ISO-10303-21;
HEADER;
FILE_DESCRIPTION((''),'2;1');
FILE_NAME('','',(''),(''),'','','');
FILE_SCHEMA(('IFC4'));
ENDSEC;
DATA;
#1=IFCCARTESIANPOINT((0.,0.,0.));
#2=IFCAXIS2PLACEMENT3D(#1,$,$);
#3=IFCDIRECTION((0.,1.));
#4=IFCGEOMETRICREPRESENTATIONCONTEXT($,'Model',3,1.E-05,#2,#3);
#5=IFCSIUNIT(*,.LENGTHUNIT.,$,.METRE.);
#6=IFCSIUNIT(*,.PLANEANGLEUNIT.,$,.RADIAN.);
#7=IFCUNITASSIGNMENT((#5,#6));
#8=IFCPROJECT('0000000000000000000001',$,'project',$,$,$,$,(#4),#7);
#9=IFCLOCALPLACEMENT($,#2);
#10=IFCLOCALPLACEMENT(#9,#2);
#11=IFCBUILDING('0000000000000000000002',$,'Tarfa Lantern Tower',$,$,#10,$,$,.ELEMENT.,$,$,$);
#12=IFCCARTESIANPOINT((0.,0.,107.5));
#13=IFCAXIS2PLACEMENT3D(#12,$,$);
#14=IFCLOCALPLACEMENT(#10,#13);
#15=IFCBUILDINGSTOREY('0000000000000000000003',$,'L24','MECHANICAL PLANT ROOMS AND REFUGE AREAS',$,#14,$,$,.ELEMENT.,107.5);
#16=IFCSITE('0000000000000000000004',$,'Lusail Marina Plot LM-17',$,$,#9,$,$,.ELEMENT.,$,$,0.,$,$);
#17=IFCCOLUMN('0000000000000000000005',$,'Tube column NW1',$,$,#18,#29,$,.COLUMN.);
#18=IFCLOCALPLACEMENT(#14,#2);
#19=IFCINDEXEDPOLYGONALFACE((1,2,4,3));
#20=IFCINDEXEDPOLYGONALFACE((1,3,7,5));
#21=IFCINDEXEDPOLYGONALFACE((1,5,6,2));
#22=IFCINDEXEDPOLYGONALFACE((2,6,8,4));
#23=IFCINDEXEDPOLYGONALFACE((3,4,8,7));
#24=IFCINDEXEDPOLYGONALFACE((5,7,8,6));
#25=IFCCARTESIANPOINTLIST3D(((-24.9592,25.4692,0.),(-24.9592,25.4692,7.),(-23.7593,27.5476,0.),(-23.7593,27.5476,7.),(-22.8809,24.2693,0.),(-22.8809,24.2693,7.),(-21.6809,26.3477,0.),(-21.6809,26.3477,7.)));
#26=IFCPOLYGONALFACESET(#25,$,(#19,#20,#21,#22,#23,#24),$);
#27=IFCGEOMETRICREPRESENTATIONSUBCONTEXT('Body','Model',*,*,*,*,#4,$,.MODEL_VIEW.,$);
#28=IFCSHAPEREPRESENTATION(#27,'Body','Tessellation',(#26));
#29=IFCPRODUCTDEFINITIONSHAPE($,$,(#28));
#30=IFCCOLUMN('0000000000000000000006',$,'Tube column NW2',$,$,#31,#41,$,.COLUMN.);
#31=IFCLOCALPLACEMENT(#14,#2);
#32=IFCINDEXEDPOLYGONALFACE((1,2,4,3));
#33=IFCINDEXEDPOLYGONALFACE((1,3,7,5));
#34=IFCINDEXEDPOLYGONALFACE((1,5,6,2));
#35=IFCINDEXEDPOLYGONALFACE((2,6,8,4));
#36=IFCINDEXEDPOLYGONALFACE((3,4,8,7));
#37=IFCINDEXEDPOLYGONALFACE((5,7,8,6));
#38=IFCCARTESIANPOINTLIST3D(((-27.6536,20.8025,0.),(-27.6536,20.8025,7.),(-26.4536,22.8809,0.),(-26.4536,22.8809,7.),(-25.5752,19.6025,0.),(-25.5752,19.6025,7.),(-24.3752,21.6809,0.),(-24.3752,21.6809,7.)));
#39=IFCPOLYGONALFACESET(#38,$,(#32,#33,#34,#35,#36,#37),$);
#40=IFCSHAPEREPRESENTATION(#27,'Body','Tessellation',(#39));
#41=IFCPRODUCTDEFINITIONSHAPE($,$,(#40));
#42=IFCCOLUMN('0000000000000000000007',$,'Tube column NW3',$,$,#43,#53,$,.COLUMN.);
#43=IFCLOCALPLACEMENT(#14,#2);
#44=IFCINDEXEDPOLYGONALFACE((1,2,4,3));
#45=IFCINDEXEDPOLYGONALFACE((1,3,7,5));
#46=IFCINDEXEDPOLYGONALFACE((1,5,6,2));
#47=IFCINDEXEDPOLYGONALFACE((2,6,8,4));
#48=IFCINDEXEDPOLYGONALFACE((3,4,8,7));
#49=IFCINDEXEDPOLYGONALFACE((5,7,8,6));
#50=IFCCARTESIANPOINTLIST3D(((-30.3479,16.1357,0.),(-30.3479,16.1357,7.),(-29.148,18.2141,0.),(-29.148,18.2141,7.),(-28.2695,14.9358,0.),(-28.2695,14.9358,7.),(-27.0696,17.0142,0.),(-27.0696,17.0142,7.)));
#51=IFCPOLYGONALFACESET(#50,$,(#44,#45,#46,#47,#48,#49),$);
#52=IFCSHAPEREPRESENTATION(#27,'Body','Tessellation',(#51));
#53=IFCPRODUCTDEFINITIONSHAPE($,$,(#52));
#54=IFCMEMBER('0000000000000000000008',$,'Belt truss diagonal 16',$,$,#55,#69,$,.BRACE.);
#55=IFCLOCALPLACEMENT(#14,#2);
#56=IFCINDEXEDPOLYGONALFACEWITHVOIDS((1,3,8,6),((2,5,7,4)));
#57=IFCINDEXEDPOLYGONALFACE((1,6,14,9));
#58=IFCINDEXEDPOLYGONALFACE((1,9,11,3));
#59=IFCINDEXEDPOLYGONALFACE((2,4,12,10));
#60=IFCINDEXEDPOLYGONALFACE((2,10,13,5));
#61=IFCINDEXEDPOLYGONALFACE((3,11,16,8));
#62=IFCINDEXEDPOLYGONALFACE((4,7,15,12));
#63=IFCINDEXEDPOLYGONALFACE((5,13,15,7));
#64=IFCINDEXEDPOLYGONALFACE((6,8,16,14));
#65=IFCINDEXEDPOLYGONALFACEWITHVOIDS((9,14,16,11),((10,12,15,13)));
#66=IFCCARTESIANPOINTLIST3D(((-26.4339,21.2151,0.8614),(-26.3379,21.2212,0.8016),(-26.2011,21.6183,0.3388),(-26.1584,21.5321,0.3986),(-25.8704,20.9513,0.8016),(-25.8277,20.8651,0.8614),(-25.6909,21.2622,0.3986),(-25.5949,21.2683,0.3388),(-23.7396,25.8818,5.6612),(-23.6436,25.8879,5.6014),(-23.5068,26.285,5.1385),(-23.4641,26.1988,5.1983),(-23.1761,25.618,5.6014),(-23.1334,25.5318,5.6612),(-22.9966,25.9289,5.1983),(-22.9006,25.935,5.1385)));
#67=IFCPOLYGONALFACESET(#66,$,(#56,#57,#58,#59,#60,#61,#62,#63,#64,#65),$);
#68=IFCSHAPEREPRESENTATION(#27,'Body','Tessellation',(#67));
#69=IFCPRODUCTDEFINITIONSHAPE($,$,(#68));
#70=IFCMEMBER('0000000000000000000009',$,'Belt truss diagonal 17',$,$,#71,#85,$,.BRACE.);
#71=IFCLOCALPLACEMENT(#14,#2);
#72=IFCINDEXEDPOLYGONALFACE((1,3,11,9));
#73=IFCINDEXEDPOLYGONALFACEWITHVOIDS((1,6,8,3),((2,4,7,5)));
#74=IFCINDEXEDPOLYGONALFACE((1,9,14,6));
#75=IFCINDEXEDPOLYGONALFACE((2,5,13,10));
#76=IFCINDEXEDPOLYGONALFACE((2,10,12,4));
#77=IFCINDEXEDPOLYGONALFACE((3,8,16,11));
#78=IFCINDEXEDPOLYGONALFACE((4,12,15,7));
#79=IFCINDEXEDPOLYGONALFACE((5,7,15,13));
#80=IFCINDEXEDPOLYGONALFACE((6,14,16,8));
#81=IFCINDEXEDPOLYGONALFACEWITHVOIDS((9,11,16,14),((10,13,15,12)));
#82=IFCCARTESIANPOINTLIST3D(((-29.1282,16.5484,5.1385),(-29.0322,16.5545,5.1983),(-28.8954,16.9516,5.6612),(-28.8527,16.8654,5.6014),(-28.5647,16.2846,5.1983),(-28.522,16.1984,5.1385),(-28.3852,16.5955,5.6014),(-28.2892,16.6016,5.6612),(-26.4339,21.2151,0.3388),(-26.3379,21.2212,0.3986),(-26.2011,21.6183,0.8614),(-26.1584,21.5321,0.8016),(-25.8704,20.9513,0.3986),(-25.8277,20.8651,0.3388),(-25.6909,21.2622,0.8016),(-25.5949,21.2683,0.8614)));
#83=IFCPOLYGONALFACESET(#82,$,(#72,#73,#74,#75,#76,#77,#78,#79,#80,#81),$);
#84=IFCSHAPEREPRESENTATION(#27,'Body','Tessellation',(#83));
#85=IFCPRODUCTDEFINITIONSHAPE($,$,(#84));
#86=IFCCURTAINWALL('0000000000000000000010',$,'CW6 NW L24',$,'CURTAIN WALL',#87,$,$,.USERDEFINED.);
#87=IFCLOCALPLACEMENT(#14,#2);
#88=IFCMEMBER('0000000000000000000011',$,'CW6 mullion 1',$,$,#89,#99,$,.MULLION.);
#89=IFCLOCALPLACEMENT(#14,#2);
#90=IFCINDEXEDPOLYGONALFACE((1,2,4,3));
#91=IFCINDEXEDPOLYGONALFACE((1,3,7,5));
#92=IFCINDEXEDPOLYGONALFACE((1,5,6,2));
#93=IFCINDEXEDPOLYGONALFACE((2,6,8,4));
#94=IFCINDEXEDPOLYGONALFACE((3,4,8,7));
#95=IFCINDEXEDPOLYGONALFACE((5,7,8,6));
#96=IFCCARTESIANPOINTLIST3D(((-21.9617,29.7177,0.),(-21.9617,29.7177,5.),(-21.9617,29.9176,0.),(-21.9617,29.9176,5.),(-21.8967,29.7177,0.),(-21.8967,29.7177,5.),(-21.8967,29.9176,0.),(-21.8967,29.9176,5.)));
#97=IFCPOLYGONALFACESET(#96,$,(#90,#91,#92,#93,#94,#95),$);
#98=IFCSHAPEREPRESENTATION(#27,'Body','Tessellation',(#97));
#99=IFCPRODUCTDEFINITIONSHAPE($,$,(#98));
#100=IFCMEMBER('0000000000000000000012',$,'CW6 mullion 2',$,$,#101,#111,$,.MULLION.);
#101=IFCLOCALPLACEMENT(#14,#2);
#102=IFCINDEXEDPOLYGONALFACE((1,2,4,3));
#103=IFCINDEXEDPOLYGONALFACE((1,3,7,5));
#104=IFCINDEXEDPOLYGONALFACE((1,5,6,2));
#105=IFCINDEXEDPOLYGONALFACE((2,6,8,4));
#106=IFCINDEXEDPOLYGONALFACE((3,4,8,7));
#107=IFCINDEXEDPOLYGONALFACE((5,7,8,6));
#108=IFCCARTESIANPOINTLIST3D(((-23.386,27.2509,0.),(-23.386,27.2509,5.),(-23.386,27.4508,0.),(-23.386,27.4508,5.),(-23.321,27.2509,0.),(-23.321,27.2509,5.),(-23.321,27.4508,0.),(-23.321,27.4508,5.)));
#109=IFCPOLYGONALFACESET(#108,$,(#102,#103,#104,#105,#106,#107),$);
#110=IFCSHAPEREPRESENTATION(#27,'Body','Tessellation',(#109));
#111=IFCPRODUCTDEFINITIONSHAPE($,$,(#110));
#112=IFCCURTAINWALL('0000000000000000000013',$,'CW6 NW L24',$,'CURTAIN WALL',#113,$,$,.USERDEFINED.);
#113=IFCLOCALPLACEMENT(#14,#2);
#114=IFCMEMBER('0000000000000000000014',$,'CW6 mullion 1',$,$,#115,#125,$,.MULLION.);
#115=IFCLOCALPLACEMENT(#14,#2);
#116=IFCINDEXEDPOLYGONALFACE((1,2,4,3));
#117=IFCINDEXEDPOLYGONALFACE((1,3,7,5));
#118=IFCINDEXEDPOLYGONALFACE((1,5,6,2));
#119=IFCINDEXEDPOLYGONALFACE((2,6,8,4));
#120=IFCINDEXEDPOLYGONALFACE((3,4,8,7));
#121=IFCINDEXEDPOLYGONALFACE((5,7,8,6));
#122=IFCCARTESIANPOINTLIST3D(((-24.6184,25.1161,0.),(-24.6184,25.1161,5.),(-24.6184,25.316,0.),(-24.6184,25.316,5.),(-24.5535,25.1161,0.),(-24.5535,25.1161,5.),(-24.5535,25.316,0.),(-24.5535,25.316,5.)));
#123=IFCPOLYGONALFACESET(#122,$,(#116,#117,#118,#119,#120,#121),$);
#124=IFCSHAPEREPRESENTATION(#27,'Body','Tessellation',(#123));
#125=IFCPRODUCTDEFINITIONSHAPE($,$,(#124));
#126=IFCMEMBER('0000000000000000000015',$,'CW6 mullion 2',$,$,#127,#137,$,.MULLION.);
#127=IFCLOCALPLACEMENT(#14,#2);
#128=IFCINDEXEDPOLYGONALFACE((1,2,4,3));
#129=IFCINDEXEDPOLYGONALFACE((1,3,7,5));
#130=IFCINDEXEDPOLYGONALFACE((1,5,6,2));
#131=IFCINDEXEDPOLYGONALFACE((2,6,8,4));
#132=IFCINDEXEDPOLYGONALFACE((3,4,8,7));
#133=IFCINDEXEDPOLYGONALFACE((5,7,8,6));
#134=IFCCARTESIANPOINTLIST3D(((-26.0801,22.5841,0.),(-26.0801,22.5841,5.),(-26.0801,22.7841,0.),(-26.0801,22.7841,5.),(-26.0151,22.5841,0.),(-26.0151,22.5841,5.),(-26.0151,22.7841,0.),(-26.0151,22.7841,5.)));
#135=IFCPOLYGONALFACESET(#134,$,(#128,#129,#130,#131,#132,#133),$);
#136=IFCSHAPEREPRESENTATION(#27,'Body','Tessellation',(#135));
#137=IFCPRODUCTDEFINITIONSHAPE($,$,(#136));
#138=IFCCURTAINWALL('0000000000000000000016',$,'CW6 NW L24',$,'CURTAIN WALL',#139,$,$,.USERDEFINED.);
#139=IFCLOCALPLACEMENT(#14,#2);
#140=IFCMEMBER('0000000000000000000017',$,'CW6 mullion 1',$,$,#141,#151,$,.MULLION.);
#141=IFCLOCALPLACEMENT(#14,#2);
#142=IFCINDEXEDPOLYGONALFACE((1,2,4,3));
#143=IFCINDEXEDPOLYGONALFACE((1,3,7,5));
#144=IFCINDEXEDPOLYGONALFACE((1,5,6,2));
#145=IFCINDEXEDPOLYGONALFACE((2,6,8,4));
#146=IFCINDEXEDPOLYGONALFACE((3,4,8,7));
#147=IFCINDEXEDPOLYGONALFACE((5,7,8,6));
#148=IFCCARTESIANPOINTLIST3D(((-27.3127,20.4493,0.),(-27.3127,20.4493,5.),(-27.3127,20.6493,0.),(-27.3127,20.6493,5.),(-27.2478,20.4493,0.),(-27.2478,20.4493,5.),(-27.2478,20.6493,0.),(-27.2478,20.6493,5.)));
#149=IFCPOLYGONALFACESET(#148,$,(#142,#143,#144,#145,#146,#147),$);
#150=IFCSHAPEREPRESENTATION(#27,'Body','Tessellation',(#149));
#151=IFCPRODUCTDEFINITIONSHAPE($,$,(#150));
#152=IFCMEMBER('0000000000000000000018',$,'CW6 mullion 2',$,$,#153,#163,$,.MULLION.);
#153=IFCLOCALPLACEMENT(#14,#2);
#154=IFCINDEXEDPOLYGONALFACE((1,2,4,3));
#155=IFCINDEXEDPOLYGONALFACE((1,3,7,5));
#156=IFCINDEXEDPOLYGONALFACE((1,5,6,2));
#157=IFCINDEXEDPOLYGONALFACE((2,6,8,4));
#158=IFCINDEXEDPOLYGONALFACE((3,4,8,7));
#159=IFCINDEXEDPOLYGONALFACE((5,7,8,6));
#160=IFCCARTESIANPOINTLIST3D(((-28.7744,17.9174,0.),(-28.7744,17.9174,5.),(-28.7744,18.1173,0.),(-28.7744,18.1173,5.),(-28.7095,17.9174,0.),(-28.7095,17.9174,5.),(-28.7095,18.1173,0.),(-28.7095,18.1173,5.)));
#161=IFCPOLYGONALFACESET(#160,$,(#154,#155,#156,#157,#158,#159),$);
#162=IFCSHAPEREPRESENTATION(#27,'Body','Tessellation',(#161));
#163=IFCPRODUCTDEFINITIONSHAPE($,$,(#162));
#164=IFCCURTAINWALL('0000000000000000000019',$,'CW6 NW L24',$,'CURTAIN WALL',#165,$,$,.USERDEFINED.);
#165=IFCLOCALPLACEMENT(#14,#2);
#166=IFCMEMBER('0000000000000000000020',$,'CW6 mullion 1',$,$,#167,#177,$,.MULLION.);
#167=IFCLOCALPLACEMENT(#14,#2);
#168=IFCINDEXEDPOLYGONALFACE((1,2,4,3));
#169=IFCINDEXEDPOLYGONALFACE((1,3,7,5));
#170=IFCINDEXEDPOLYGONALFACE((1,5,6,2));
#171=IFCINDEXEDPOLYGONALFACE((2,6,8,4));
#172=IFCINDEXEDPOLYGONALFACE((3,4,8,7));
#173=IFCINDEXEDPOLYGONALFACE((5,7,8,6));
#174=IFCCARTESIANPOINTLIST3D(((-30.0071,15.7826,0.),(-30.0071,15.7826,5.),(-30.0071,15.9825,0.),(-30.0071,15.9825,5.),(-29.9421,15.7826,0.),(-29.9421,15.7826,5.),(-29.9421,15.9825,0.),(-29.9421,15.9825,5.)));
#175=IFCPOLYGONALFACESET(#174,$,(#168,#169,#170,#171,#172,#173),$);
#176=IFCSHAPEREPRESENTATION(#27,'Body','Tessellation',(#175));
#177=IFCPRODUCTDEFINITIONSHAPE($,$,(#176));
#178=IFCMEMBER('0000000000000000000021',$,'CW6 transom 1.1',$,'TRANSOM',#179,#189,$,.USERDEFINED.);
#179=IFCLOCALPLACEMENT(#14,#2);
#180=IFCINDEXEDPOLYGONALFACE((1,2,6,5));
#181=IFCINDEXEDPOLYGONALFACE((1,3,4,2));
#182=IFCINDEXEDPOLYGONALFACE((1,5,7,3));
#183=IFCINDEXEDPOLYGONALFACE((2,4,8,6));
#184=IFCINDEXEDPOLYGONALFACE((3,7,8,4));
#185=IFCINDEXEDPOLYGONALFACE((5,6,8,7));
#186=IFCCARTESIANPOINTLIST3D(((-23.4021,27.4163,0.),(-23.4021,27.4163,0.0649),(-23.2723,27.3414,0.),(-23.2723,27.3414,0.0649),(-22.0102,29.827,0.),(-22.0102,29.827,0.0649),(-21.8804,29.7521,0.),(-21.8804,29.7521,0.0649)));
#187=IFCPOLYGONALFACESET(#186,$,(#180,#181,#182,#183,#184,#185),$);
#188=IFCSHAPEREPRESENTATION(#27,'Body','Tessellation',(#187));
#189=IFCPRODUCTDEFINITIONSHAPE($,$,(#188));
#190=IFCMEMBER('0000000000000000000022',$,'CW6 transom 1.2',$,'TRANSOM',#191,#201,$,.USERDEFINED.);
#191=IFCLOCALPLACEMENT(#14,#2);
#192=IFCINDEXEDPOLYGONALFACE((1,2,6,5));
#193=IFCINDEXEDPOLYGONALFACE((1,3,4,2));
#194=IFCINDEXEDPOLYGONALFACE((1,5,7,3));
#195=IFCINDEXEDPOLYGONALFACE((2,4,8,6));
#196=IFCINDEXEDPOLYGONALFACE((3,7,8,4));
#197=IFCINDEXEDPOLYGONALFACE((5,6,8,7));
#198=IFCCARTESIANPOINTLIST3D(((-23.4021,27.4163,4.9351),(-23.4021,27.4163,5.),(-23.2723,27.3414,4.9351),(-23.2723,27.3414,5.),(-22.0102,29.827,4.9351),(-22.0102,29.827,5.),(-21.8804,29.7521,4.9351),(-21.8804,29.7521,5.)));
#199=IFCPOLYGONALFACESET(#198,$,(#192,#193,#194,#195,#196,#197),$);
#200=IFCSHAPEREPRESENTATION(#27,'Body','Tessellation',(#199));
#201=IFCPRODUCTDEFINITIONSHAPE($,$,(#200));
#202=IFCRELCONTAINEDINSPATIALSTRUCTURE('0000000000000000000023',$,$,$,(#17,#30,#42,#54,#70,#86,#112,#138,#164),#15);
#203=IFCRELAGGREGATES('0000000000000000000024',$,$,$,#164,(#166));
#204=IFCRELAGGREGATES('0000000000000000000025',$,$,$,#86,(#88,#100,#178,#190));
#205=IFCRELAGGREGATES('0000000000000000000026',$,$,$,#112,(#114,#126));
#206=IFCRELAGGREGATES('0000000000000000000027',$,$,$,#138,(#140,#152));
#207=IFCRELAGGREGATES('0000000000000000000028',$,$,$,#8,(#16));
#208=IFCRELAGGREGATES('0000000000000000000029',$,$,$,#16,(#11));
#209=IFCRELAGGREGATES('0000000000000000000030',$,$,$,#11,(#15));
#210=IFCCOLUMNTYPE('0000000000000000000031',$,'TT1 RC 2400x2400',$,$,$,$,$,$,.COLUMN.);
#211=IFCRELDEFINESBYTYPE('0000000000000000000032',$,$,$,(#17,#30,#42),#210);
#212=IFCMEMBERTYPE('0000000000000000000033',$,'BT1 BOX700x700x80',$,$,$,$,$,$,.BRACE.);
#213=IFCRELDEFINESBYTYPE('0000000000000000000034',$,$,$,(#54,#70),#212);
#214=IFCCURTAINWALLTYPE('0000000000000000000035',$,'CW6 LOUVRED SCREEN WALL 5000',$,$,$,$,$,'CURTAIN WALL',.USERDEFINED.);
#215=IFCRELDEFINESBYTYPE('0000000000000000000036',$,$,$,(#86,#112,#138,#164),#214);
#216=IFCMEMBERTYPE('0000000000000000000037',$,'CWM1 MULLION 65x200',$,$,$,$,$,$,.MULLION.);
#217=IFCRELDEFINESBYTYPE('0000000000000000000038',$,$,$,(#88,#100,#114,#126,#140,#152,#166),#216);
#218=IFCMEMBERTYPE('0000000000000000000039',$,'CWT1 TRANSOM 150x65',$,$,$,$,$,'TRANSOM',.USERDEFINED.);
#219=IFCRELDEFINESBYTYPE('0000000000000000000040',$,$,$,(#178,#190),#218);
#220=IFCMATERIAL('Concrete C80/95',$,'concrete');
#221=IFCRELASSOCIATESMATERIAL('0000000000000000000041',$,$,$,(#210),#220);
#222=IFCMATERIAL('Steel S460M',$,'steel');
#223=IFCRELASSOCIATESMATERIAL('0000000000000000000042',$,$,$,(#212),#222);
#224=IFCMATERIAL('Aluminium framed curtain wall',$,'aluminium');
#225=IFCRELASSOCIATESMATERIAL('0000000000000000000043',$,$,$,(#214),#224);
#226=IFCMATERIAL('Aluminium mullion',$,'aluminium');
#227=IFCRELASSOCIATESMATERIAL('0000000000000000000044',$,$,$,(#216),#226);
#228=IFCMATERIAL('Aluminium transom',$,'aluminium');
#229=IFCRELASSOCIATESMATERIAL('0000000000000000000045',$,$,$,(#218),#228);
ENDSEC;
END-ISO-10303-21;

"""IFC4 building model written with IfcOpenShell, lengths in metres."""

from ifc_helpers import new_model, si_unit, direction, frame, origin, origin_2d, place, context, subcontext, project, spatial, rectangle, hollow_rectangle, extrude, material, material_profile, profile_set, type_object, element, aggregate, save


model = new_model("IFC4")

# Units and contexts
model_context = context("Model", 3, precision=1e-05, world=origin(), true_north=direction((0.0, 1.0)))
body_context = subcontext(model_context, "Body", "Model", "MODEL_VIEW")
ifc_project = project(units=[si_unit("LENGTHUNIT", "METRE"), si_unit("PLANEANGLEUNIT", "RADIAN")], contexts=[model_context])

# Site, building, storey
site_placement = place(None, origin())
site = spatial("IfcSite", under=ifc_project, at=site_placement, Name="Lusail Marina Plot LM-17", CompositionType="ELEMENT", RefElevation=0.0)
building_placement = place(site_placement, origin())
building = spatial("IfcBuilding", under=site, at=building_placement, Name="Tarfa Lantern Tower", CompositionType="ELEMENT")
storey_placement = place(building_placement, frame((0.0, 0.0, 107.5)))
storey = spatial("IfcBuildingStorey", under=building, at=storey_placement, Name="L24", Description="MECHANICAL PLANT ROOMS AND REFUGE AREAS", CompositionType="ELEMENT", Elevation=107.5)

# Columns
ifc_material_1 = material(Name="Concrete C80/95", Category="concrete")
ifc_material_profile_1 = material_profile(ifc_material_1, rectangle(XDim=2.3999, YDim=2.3999, at=origin_2d()), Name="RC 2400x2400")
ifc_profile_set_1 = profile_set([ifc_material_profile_1], Name="Concrete C80/95")
column_type = type_object("IfcColumnType", Name="TT1 RC 2400x2400", PredefinedType="COLUMN", material=ifc_profile_set_1)
for number, where, z_axis, x_axis, name in (
    (1, (-23.3201, 25.9084, 0.0), (0.0, 0.0, 1.0), (-0.5, -0.866025, 0.0), "Tube column NW1"),
    (2, (-26.0144, 21.2417, 0.0), (0.0, 0.0, 1.0), (-0.5, -0.866025, 0.0), "Tube column NW2"),
    (3, (-28.7087, 16.575, 0.0), (0.0, 0.0, 1.0), (-0.5, -0.866025, 0.0), "Tube column NW3"),
):
    element("IfcColumn", number, at=place(storey_placement, frame(where, z_axis=z_axis, x_axis=x_axis)), inside=storey, type_object=column_type, Name=name, PredefinedType="COLUMN", context=body_context, shape_type="SweptSolid", body=[
        extrude(rectangle(XDim=2.3999, YDim=2.3999, at=origin_2d()), origin(), (0.0, 0.0, 1.0), 7.0),
    ])

# Members
ifc_material_2 = material(Name="Steel S460M", Category="steel")
ifc_material_profile_2 = material_profile(ifc_material_2, hollow_rectangle(XDim=0.7, YDim=0.7, WallThickness=0.0801, at=origin_2d()), Name="BOX700x700x80")
ifc_profile_set_2 = profile_set([ifc_material_profile_2], Name="Steel S460M")
member_type_1 = type_object("IfcMemberType", Name="BT1 BOX700x700x80", PredefinedType="BRACE", material=ifc_profile_set_2)
for number, where, z_axis, x_axis, name in (
    (4, (-26.0144, 21.2417, 0.6001), (0.373364, 0.646688, 0.665127), (-0.866026, 0.499998, 0.0), "Belt truss diagonal 16"),
    (5, (-26.0144, 21.2417, 0.6001), (-0.373364, -0.646688, 0.665127), (0.866026, -0.499998, 0.0), "Belt truss diagonal 17"),
):
    element("IfcMember", number, at=place(storey_placement, frame(where, z_axis=z_axis, x_axis=x_axis)), inside=storey, type_object=member_type_1, Name=name, PredefinedType="BRACE", context=body_context, shape_type="SweptSolid", body=[
        extrude(hollow_rectangle(XDim=0.7, YDim=0.7, WallThickness=0.0801, at=origin_2d()), origin(), (0.0, 0.0, 1.0), 7.2163),
    ])

# Curtain walls, members
ifc_material_3 = material(Name="Aluminium framed curtain wall", Category="aluminium")
curtain_wall_type = type_object("IfcCurtainWallType", Name="CW6 LOUVRED SCREEN WALL 5000", ElementType="CURTAIN WALL", PredefinedType="USERDEFINED", material=ifc_material_3)
curtain_wall_1_placement = place(storey_placement, origin())
curtain_wall_1 = element("IfcCurtainWall", 6, at=curtain_wall_1_placement, inside=storey, type_object=curtain_wall_type, Name="CW6 NW L24", ObjectType="CURTAIN WALL", PredefinedType="USERDEFINED")
ifc_material_4 = material(Name="Aluminium mullion", Category="aluminium")
ifc_material_profile_3 = material_profile(ifc_material_4, rectangle(XDim=0.0649, YDim=0.2, at=origin_2d()), Name="AL MULLION 65x200")
ifc_profile_set_3 = profile_set([ifc_material_profile_3], Name="Aluminium mullion")
member_type_2 = type_object("IfcMemberType", Name="CWM1 MULLION 65x200", PredefinedType="MULLION", material=ifc_profile_set_3)
member_1_placement = place(storey_placement, frame((-21.9292, 29.8176, 0.0), z_axis=(0.0, 0.0, 1.0), x_axis=(1.0, 0.0, 0.0)))
member_1 = element("IfcMember", 7, at=member_1_placement, type_object=member_type_2, Name="CW6 mullion 1", PredefinedType="MULLION", context=body_context, shape_type="SweptSolid", body=[
    extrude(rectangle(XDim=0.0649, YDim=0.2, at=origin_2d()), origin(), (0.0, 0.0, 1.0), 5.0),
])
member_2_placement = place(storey_placement, frame((-23.3535, 27.3508, 0.0), z_axis=(0.0, 0.0, 1.0), x_axis=(1.0, 0.0, 0.0)))
member_2 = element("IfcMember", 8, at=member_2_placement, type_object=member_type_2, Name="CW6 mullion 2", PredefinedType="MULLION", context=body_context, shape_type="SweptSolid", body=[
    extrude(rectangle(XDim=0.0649, YDim=0.2, at=origin_2d()), origin(), (0.0, 0.0, 1.0), 5.0),
])
curtain_wall_2_placement = place(storey_placement, origin())
curtain_wall_2 = element("IfcCurtainWall", 9, at=curtain_wall_2_placement, inside=storey, type_object=curtain_wall_type, Name="CW6 NW L24", ObjectType="CURTAIN WALL", PredefinedType="USERDEFINED")
member_3_placement = place(storey_placement, frame((-24.5859, 25.2161, 0.0), z_axis=(0.0, 0.0, 1.0), x_axis=(1.0, 0.0, 0.0)))
member_3 = element("IfcMember", 10, at=member_3_placement, type_object=member_type_2, Name="CW6 mullion 1", PredefinedType="MULLION", context=body_context, shape_type="SweptSolid", body=[
    extrude(rectangle(XDim=0.0649, YDim=0.2, at=origin_2d()), origin(), (0.0, 0.0, 1.0), 5.0),
])
member_4_placement = place(storey_placement, frame((-26.0476, 22.6841, 0.0), z_axis=(0.0, 0.0, 1.0), x_axis=(1.0, 0.0, 0.0)))
member_4 = element("IfcMember", 11, at=member_4_placement, type_object=member_type_2, Name="CW6 mullion 2", PredefinedType="MULLION", context=body_context, shape_type="SweptSolid", body=[
    extrude(rectangle(XDim=0.0649, YDim=0.2, at=origin_2d()), origin(), (0.0, 0.0, 1.0), 5.0),
])
curtain_wall_3_placement = place(storey_placement, origin())
curtain_wall_3 = element("IfcCurtainWall", 12, at=curtain_wall_3_placement, inside=storey, type_object=curtain_wall_type, Name="CW6 NW L24", ObjectType="CURTAIN WALL", PredefinedType="USERDEFINED")
member_5_placement = place(storey_placement, frame((-27.2803, 20.5493, 0.0), z_axis=(0.0, 0.0, 1.0), x_axis=(1.0, 0.0, 0.0)))
member_5 = element("IfcMember", 13, at=member_5_placement, type_object=member_type_2, Name="CW6 mullion 1", PredefinedType="MULLION", context=body_context, shape_type="SweptSolid", body=[
    extrude(rectangle(XDim=0.0649, YDim=0.2, at=origin_2d()), origin(), (0.0, 0.0, 1.0), 5.0),
])
member_6_placement = place(storey_placement, frame((-28.7419, 18.0173, 0.0), z_axis=(0.0, 0.0, 1.0), x_axis=(1.0, 0.0, 0.0)))
member_6 = element("IfcMember", 14, at=member_6_placement, type_object=member_type_2, Name="CW6 mullion 2", PredefinedType="MULLION", context=body_context, shape_type="SweptSolid", body=[
    extrude(rectangle(XDim=0.0649, YDim=0.2, at=origin_2d()), origin(), (0.0, 0.0, 1.0), 5.0),
])

# Curtain wall, member
curtain_wall_4_placement = place(storey_placement, origin())
curtain_wall_4 = element("IfcCurtainWall", 15, at=curtain_wall_4_placement, inside=storey, type_object=curtain_wall_type, Name="CW6 NW L24", ObjectType="CURTAIN WALL", PredefinedType="USERDEFINED")
member_7_placement = place(storey_placement, frame((-29.9746, 15.8826, 0.0), z_axis=(0.0, 0.0, 1.0), x_axis=(1.0, 0.0, 0.0)))
member_7 = element("IfcMember", 16, at=member_7_placement, type_object=member_type_2, Name="CW6 mullion 1", PredefinedType="MULLION", context=body_context, shape_type="SweptSolid", body=[
    extrude(rectangle(XDim=0.0649, YDim=0.2, at=origin_2d()), origin(), (0.0, 0.0, 1.0), 5.0),
])

# Members
ifc_material_5 = material(Name="Aluminium transom", Category="aluminium")
ifc_material_profile_4 = material_profile(ifc_material_5, rectangle(XDim=0.1499, YDim=0.0649, at=origin_2d()), Name="AL TRANSOM 150x65")
ifc_profile_set_4 = profile_set([ifc_material_profile_4], Name="Aluminium transom")
member_type_3 = type_object("IfcMemberType", Name="CWT1 TRANSOM 150x65", ElementType="TRANSOM", PredefinedType="USERDEFINED", material=ifc_profile_set_4)
member_8_placement = place(storey_placement, frame((-21.9453, 29.7896, 0.0325), z_axis=(-0.500016, -0.866016, 0.0), x_axis=(0.866016, -0.500016, 0.0)))
member_8 = element("IfcMember", 17, at=member_8_placement, type_object=member_type_3, Name="CW6 transom 1.1", ObjectType="TRANSOM", PredefinedType="USERDEFINED", context=body_context, shape_type="SweptSolid", body=[
    extrude(rectangle(XDim=0.1499, YDim=0.0649, at=origin_2d()), origin(), (0.0, 0.0, 1.0), 2.7837),
])
member_9_placement = place(storey_placement, frame((-21.9453, 29.7896, 4.9675), z_axis=(-0.500016, -0.866016, 0.0), x_axis=(0.866016, -0.500016, 0.0)))
member_9 = element("IfcMember", 18, at=member_9_placement, type_object=member_type_3, Name="CW6 transom 1.2", ObjectType="TRANSOM", PredefinedType="USERDEFINED", context=body_context, shape_type="SweptSolid", body=[
    extrude(rectangle(XDim=0.1499, YDim=0.0649, at=origin_2d()), origin(), (0.0, 0.0, 1.0), 2.7837),
])
aggregate(curtain_wall_4, [member_7])

aggregate(curtain_wall_1, [member_1, member_2, member_8, member_9])
aggregate(curtain_wall_2, [member_3, member_4])
aggregate(curtain_wall_3, [member_5, member_6])

save(model, "model.ifc")
